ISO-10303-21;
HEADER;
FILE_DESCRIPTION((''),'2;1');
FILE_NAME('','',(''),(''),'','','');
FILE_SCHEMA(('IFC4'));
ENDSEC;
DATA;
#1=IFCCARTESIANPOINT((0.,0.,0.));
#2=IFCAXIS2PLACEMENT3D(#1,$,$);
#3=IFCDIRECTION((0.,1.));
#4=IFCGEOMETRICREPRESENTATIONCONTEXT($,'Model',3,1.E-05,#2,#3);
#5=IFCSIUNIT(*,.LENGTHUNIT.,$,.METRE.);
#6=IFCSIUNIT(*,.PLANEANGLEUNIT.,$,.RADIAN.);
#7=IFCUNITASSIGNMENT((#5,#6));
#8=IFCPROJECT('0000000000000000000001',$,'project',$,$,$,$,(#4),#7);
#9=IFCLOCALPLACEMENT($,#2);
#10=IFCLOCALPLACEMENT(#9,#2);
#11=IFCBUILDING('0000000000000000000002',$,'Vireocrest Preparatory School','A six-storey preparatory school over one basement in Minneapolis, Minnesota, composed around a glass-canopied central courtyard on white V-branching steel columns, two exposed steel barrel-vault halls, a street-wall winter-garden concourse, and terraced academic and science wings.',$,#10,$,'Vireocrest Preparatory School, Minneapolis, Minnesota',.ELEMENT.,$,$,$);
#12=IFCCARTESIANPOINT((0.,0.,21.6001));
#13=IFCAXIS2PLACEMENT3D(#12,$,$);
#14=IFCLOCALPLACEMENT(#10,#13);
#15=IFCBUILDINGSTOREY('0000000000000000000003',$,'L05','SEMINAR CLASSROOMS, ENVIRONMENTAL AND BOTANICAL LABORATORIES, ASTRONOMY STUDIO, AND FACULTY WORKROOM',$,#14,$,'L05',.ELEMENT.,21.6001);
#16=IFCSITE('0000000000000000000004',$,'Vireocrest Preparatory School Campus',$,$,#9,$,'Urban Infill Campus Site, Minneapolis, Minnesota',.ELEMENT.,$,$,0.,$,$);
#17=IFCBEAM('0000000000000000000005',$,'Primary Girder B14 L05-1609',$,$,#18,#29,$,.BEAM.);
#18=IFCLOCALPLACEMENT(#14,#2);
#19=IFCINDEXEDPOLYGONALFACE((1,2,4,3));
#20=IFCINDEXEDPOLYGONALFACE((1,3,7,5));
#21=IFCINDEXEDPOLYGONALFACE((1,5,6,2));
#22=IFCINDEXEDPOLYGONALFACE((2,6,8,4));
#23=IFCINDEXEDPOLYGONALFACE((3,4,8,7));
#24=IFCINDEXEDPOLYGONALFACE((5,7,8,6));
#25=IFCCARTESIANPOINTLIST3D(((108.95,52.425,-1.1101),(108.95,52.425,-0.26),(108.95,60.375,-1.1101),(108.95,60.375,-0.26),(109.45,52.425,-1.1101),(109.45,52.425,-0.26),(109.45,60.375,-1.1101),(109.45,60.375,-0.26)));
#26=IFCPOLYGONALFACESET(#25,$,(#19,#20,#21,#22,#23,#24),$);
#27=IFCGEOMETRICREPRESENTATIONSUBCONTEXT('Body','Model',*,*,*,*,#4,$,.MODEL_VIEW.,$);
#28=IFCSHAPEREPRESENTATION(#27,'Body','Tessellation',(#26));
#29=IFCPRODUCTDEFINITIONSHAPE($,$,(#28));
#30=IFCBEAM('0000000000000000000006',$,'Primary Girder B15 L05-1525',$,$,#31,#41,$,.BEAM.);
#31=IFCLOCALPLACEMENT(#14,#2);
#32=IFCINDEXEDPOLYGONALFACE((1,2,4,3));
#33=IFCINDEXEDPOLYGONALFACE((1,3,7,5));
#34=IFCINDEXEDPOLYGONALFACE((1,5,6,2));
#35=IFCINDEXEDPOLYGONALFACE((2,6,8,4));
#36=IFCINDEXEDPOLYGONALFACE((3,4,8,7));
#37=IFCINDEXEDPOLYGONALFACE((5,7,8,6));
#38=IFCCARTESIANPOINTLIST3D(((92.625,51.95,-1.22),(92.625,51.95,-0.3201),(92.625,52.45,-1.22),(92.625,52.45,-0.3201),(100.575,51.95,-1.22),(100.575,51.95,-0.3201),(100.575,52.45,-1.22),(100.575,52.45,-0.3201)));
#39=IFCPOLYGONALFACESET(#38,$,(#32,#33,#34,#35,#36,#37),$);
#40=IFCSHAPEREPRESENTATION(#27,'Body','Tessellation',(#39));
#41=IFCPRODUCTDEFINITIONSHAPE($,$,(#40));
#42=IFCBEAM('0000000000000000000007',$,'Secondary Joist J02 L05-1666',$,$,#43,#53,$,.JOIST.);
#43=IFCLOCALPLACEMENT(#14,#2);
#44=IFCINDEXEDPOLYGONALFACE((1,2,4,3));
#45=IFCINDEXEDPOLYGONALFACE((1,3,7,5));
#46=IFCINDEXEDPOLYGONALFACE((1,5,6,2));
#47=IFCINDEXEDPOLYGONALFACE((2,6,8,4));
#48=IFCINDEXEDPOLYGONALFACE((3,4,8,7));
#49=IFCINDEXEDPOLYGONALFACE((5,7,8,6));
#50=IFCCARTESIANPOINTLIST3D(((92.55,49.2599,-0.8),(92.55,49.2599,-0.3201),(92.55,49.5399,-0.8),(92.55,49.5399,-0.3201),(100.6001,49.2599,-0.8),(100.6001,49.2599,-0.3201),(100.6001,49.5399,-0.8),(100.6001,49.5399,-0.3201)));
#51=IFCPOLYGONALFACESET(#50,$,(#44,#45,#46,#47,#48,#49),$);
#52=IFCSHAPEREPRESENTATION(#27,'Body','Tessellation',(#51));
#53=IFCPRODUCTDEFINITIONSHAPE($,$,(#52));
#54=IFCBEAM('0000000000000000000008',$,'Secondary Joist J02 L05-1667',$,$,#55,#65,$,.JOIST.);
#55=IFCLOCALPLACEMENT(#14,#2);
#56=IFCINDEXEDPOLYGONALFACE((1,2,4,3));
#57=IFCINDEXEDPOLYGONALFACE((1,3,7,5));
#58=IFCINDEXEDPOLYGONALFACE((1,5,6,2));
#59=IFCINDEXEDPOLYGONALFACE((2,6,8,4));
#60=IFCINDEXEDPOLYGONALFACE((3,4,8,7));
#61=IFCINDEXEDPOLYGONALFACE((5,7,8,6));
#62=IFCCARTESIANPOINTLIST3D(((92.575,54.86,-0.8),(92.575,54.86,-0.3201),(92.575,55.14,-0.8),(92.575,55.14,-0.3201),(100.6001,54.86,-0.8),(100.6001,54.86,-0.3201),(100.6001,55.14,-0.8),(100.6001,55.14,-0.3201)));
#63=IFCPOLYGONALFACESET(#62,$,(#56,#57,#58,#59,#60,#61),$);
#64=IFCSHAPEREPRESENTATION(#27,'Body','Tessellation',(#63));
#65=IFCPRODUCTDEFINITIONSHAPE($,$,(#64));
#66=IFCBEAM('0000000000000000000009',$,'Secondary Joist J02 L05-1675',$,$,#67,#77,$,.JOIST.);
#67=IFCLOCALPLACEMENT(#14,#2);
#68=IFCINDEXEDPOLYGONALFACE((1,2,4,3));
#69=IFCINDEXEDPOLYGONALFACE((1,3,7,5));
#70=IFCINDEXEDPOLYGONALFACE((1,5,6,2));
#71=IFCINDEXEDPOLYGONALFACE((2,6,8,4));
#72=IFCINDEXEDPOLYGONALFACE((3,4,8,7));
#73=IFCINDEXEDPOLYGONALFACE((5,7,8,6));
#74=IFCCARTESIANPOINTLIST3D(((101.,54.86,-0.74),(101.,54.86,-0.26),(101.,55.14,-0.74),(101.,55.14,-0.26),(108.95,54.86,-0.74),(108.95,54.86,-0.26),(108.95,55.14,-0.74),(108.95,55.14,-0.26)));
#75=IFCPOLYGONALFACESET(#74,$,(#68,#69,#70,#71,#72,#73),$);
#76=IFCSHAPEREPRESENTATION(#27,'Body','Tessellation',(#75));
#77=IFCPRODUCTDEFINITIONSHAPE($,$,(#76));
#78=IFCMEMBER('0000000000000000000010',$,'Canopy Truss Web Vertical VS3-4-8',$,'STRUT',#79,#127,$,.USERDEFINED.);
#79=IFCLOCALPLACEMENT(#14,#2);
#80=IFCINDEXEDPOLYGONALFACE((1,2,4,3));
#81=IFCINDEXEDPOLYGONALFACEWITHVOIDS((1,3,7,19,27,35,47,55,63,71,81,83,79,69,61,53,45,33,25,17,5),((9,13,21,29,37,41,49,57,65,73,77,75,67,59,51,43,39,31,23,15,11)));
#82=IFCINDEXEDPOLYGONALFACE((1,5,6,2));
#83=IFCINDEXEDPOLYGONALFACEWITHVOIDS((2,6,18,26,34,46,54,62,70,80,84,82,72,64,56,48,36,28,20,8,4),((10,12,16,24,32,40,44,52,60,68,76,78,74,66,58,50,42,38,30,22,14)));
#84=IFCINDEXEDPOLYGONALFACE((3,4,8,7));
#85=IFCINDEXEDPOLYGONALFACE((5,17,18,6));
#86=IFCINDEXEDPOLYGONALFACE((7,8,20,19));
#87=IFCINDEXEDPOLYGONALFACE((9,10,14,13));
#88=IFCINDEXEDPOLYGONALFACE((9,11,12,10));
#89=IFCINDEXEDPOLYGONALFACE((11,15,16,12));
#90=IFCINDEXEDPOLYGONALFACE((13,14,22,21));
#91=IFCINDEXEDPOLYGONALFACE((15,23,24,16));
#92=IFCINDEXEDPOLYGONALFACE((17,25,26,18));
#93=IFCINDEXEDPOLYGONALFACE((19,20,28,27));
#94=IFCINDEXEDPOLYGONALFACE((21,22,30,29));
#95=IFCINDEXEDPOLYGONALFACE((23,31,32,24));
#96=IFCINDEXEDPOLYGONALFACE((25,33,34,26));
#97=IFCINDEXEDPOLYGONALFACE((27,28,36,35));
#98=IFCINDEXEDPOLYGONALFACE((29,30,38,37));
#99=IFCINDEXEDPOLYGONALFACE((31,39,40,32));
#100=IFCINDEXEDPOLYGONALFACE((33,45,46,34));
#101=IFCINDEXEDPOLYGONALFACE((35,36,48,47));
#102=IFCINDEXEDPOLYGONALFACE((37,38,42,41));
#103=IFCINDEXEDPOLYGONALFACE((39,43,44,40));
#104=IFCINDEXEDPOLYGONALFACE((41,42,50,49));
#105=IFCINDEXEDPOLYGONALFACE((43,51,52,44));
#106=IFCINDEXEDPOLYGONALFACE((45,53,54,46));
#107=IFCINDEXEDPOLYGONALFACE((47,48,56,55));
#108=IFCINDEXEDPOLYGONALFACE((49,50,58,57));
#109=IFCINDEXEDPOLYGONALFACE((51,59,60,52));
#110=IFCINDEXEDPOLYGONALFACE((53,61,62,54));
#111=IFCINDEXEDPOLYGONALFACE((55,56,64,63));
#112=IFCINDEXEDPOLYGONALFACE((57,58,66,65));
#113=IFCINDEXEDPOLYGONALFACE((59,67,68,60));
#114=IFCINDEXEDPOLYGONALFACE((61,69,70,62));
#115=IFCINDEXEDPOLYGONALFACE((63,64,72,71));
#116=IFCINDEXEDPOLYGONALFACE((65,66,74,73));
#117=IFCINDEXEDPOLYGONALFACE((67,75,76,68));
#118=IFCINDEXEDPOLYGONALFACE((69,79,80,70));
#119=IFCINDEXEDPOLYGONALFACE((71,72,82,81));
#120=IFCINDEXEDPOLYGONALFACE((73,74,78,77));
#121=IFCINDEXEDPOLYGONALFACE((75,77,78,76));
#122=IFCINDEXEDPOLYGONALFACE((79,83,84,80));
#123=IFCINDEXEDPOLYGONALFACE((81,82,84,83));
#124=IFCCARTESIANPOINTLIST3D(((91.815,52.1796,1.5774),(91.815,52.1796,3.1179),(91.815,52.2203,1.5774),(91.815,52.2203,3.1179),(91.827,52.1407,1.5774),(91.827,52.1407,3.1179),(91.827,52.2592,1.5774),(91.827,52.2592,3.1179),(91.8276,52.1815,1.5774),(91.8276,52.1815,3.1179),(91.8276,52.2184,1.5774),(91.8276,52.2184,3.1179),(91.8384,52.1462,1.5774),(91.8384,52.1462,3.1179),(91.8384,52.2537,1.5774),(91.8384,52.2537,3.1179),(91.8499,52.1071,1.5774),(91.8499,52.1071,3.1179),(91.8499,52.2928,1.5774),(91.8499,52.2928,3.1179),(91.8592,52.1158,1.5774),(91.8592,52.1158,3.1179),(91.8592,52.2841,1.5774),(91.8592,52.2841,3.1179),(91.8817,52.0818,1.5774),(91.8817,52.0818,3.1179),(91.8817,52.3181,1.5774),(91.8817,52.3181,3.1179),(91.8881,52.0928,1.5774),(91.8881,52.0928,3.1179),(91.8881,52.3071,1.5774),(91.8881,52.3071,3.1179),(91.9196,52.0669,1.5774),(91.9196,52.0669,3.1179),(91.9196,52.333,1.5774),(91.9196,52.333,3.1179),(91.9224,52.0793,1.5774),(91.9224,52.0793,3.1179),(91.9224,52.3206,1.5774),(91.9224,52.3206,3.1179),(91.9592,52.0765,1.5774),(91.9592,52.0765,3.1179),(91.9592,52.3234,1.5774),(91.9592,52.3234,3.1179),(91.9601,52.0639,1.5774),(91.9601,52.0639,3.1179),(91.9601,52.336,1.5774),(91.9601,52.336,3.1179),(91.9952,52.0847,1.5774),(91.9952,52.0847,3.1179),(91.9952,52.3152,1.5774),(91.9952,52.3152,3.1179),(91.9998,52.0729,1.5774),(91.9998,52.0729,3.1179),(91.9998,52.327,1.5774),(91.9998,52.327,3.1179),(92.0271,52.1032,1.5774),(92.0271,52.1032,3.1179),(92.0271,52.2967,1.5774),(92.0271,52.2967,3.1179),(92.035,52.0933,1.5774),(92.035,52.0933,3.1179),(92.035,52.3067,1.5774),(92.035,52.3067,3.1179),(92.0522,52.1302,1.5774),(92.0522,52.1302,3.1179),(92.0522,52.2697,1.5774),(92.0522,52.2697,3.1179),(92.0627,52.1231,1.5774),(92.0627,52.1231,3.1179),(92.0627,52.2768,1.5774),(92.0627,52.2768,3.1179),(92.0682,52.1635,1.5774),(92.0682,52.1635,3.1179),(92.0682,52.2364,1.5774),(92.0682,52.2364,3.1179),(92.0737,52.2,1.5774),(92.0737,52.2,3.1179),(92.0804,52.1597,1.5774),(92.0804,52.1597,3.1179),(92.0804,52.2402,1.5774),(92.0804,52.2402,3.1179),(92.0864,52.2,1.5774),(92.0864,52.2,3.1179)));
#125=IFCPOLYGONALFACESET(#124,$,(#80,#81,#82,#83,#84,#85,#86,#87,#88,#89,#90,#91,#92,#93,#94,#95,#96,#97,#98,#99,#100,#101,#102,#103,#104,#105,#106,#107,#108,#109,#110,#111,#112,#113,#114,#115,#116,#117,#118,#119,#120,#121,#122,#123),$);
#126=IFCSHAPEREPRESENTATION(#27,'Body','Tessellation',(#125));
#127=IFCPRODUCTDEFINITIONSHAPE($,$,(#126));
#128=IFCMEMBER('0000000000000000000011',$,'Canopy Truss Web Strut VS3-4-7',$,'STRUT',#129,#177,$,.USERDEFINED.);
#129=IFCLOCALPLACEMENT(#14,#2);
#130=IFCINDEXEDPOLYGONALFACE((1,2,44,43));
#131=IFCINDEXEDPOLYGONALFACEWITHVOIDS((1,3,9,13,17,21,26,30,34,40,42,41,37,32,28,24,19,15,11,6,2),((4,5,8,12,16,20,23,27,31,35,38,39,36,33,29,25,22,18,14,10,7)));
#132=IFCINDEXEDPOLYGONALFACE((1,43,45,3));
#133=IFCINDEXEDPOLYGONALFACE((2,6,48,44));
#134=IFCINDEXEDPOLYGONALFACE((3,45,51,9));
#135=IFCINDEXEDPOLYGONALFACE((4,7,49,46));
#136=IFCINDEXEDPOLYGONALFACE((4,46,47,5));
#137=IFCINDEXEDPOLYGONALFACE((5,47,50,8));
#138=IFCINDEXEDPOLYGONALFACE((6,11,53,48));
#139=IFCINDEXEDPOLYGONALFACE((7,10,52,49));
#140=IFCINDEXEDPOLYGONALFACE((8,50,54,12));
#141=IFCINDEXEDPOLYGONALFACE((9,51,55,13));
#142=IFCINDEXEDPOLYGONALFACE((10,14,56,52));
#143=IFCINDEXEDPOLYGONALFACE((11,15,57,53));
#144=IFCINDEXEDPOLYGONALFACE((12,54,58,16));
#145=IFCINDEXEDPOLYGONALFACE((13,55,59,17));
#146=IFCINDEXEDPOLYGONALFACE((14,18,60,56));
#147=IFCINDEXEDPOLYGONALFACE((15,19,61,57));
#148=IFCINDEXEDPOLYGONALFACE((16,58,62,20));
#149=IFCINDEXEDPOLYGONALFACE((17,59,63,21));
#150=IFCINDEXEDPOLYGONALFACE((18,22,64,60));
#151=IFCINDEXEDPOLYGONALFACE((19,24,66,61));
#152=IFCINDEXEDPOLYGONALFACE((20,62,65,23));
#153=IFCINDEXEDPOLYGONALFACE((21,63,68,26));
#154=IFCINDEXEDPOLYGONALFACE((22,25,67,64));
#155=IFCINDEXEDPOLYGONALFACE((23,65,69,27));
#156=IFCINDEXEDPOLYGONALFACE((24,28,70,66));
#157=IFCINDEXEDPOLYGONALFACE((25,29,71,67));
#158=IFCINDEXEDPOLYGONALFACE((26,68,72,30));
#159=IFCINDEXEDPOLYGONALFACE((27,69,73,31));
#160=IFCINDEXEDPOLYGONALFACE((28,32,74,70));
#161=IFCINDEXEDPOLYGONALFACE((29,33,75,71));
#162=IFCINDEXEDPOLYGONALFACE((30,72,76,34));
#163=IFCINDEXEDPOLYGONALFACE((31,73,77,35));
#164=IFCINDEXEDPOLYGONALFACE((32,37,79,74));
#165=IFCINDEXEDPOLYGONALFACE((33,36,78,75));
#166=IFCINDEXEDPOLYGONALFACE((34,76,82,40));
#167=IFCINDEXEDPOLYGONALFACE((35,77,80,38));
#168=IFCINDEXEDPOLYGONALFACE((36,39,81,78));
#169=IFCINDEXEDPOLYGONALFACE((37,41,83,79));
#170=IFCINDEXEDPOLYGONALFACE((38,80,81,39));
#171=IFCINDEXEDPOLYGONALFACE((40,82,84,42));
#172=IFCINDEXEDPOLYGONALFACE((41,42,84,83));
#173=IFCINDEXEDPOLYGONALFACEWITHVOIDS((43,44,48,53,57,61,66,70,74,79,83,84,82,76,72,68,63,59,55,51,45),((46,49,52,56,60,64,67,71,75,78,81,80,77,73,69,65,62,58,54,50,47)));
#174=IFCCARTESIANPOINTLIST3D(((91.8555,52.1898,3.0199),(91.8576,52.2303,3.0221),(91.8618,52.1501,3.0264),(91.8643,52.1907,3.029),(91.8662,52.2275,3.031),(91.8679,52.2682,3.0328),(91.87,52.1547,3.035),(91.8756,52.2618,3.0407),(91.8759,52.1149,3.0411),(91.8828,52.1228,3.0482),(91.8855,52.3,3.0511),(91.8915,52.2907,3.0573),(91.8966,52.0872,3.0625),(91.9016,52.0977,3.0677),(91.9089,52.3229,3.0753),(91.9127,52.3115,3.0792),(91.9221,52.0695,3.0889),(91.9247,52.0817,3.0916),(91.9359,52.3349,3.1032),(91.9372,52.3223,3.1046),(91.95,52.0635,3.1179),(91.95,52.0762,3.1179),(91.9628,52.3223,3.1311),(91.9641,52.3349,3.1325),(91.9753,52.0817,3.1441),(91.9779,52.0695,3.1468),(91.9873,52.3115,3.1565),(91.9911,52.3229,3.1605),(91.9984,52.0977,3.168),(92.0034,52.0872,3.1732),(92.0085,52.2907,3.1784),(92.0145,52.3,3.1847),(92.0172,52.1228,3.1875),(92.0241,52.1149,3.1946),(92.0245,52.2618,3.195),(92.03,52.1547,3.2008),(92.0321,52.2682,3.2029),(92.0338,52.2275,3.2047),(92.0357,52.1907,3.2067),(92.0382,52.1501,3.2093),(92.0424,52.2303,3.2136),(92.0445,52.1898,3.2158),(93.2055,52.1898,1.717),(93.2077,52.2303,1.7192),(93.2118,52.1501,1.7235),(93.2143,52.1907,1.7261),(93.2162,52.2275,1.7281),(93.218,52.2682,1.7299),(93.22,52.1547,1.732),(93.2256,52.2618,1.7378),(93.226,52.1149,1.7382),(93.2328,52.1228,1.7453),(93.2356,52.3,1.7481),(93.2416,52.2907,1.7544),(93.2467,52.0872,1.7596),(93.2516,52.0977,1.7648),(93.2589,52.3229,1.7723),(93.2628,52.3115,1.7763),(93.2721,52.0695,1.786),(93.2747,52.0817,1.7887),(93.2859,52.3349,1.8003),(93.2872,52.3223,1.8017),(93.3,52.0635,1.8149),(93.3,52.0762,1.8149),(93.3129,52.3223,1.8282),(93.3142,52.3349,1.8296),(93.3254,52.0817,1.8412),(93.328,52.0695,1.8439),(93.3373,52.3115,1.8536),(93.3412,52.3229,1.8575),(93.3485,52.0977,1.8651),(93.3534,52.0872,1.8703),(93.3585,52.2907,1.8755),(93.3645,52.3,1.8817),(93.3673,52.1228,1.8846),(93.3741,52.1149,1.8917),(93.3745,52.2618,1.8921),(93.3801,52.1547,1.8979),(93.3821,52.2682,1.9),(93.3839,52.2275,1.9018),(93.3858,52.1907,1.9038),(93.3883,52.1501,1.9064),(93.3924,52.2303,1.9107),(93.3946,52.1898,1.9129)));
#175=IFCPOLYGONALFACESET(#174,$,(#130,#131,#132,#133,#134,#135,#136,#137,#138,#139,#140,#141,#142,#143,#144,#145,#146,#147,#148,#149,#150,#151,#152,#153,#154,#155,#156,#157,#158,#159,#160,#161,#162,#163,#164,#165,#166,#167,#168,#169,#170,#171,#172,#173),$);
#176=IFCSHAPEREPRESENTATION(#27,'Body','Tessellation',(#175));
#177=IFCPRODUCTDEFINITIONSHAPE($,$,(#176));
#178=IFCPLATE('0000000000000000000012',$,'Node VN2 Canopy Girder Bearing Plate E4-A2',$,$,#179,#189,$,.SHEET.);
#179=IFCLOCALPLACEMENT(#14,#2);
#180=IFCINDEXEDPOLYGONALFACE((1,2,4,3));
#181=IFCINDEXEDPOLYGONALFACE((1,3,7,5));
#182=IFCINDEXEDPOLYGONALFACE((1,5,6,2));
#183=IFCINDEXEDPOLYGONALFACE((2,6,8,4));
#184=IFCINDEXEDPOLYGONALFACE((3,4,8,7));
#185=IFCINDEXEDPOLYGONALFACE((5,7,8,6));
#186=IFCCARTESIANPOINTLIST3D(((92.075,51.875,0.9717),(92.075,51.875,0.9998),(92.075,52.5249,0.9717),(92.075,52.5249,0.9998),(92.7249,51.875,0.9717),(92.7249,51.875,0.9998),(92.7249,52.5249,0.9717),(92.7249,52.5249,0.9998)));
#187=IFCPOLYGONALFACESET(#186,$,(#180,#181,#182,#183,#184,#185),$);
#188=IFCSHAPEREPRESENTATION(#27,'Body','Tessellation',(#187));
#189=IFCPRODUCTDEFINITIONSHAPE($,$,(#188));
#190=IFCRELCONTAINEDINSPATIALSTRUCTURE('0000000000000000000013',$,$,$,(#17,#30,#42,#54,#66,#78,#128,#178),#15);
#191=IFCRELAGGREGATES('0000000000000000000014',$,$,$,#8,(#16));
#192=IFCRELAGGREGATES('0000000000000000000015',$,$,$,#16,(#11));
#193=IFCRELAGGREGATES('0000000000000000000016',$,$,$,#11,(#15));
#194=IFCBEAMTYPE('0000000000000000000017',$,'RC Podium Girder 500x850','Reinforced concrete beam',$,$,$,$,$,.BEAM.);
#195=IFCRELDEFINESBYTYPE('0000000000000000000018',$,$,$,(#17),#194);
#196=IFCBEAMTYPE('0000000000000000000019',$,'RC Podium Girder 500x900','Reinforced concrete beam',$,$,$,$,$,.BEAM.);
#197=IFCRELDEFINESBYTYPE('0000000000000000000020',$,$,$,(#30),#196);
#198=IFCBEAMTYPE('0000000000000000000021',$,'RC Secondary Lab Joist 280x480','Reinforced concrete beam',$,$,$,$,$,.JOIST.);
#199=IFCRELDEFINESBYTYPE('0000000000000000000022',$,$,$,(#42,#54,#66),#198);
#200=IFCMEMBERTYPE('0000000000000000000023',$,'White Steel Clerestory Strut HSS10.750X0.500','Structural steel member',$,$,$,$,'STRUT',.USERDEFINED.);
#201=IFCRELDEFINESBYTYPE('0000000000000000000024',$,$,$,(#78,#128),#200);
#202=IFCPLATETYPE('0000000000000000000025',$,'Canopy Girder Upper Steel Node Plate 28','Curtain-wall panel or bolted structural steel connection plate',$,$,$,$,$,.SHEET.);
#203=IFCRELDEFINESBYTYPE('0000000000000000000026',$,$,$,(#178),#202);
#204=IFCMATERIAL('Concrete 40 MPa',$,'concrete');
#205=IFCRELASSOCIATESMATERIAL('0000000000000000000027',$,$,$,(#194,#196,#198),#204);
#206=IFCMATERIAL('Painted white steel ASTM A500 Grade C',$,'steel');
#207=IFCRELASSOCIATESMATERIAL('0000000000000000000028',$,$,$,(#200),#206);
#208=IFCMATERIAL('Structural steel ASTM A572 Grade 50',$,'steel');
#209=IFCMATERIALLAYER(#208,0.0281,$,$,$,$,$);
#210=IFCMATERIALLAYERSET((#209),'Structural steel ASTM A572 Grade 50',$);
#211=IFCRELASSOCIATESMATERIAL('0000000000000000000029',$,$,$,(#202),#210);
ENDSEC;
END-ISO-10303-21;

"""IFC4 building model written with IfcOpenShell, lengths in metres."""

from ifc_helpers import new_model, si_unit, direction, frame, origin, origin_2d, place, context, subcontext, project, spatial, rectangle, hollow_circle, extrude, material, layer, layer_set, material_profile, profile_set, type_object, element, save


model = new_model("IFC4")

# Units and contexts
model_context = context("Model", 3, precision=1e-05, world=origin(), true_north=direction((0.0, 1.0)))
body_context = subcontext(model_context, "Body", "Model", "MODEL_VIEW")
ifc_project = project(units=[si_unit("LENGTHUNIT", "METRE"), si_unit("PLANEANGLEUNIT", "RADIAN")], contexts=[model_context])

# Site, building, storey
site_placement = place(None, origin())
site = spatial("IfcSite", under=ifc_project, at=site_placement, Name="Vireocrest Preparatory School Campus", LongName="Urban Infill Campus Site, Minneapolis, Minnesota", CompositionType="ELEMENT", RefElevation=0.0)
building_placement = place(site_placement, origin())
building = spatial("IfcBuilding", under=site, at=building_placement, Name="Vireocrest Preparatory School", Description="A six-storey preparatory school over one basement in Minneapolis, Minnesota, composed around a glass-canopied central courtyard on white V-branching steel columns, two exposed steel barrel-vault halls, a street-wall winter-garden concourse, and terraced academic and science wings.", LongName="Vireocrest Preparatory School, Minneapolis, Minnesota", CompositionType="ELEMENT")
storey_placement = place(building_placement, frame((0.0, 0.0, 21.6001)))
storey = spatial("IfcBuildingStorey", under=building, at=storey_placement, Name="L05", Description="SEMINAR CLASSROOMS, ENVIRONMENTAL AND BOTANICAL LABORATORIES, ASTRONOMY STUDIO, AND FACULTY WORKROOM", LongName="L05", CompositionType="ELEMENT", Elevation=21.6001)

# Shared definitions
ifc_material_1 = material(Name="Painted white steel ASTM A500 Grade C", Category="steel")

# Beams
ifc_material_2 = material(Name="Concrete 40 MPa", Category="concrete")
ifc_material_profile_1 = material_profile(ifc_material_2, rectangle(XDim=0.5, YDim=0.8501, at=origin_2d()), Name="RC 500x850")
ifc_profile_set_1 = profile_set([ifc_material_profile_1], Name="Concrete 40 MPa")
beam_type_1 = type_object("IfcBeamType", Name="RC Podium Girder 500x850", Description="Reinforced concrete beam", PredefinedType="BEAM", material=ifc_profile_set_1)
beam_1_placement = place(storey_placement, frame((109.2, 52.425, -0.6851), z_axis=(0.0, 1.0, 0.0), x_axis=(-1.0, 0.0, 0.0)))
element("IfcBeam", 1, at=beam_1_placement, inside=storey, type_object=beam_type_1, Name="Primary Girder B14 L05-1609", PredefinedType="BEAM", context=body_context, shape_type="SweptSolid", body=[
    extrude(rectangle(XDim=0.5, YDim=0.8501, at=origin_2d()), origin(), (0.0, 0.0, 1.0), 7.95),
])
ifc_material_profile_2 = material_profile(ifc_material_2, rectangle(XDim=0.5, YDim=0.8999, at=origin_2d()), Name="RC 500x900")
ifc_profile_set_2 = profile_set([ifc_material_profile_2], Name="Concrete 40 MPa")
beam_type_2 = type_object("IfcBeamType", Name="RC Podium Girder 500x900", Description="Reinforced concrete beam", PredefinedType="BEAM", material=ifc_profile_set_2)
beam_2_placement = place(storey_placement, frame((92.625, 52.2, -0.77), z_axis=(1.0, 0.0, 0.0), x_axis=(0.0, 1.0, 0.0)))
element("IfcBeam", 2, at=beam_2_placement, inside=storey, type_object=beam_type_2, Name="Primary Girder B15 L05-1525", PredefinedType="BEAM", context=body_context, shape_type="SweptSolid", body=[
    extrude(rectangle(XDim=0.5, YDim=0.8999, at=origin_2d()), origin(), (0.0, 0.0, 1.0), 7.95),
])
ifc_material_profile_3 = material_profile(ifc_material_2, rectangle(XDim=0.28, YDim=0.48, at=origin_2d()), Name="RC 280x480")
ifc_profile_set_3 = profile_set([ifc_material_profile_3], Name="Concrete 40 MPa")
beam_type_3 = type_object("IfcBeamType", Name="RC Secondary Lab Joist 280x480", Description="Reinforced concrete beam", PredefinedType="JOIST", material=ifc_profile_set_3)
beam_3_placement = place(storey_placement, frame((92.55, 49.3999, -0.5601), z_axis=(1.0, 0.0, 0.0), x_axis=(0.0, 1.0, 0.0)))
element("IfcBeam", 3, at=beam_3_placement, inside=storey, type_object=beam_type_3, Name="Secondary Joist J02 L05-1666", PredefinedType="JOIST", context=body_context, shape_type="SweptSolid", body=[
    extrude(rectangle(XDim=0.28, YDim=0.48, at=origin_2d()), origin(), (0.0, 0.0, 1.0), 8.05),
])
beam_4_placement = place(storey_placement, frame((92.575, 55.0, -0.5601), z_axis=(1.0, 0.0, 0.0), x_axis=(0.0, 1.0, 0.0)))
element("IfcBeam", 4, at=beam_4_placement, inside=storey, type_object=beam_type_3, Name="Secondary Joist J02 L05-1667", PredefinedType="JOIST", context=body_context, shape_type="SweptSolid", body=[
    extrude(rectangle(XDim=0.28, YDim=0.48, at=origin_2d()), origin(), (0.0, 0.0, 1.0), 8.0251),
])
beam_5_placement = place(storey_placement, frame((101.0, 55.0, -0.5), z_axis=(1.0, 0.0, 0.0), x_axis=(0.0, 1.0, 0.0)))
element("IfcBeam", 5, at=beam_5_placement, inside=storey, type_object=beam_type_3, Name="Secondary Joist J02 L05-1675", PredefinedType="JOIST", context=body_context, shape_type="SweptSolid", body=[
    extrude(rectangle(XDim=0.28, YDim=0.48, at=origin_2d()), origin(), (0.0, 0.0, 1.0), 7.95),
])

# Members
ifc_material_profile_4 = material_profile(ifc_material_1, hollow_circle(Radius=0.1365, WallThickness=0.0127, at=origin_2d()), Name="HSS10.750X0.500")
ifc_profile_set_4 = profile_set([ifc_material_profile_4], Name="Painted white steel ASTM A500 Grade C")
member_type_1 = type_object("IfcMemberType", Name="White Steel Clerestory Strut HSS10.750X0.500", Description="Structural steel member", ElementType="STRUT", PredefinedType="USERDEFINED", material=ifc_profile_set_4)
member_1_placement = place(storey_placement, frame((91.95, 52.2, 1.5774), z_axis=(0.0, 0.0, 1.0), x_axis=(1.0, 0.0, 0.0)))
element("IfcMember", 6, at=member_1_placement, inside=storey, type_object=member_type_1, Name="Canopy Truss Web Vertical VS3-4-8", ObjectType="STRUT", PredefinedType="USERDEFINED", context=body_context, shape_type="SweptSolid", body=[
    extrude(hollow_circle(Radius=0.1365, WallThickness=0.0127, at=origin_2d()), origin(), (0.0, 0.0, 1.0), 1.5405),
])
member_2_placement = place(storey_placement, frame((93.3, 52.2, 1.8149), z_axis=(-0.719552, 0.0, 0.694439), x_axis=(0.0, -1.0, 0.0)))
element("IfcMember", 7, at=member_2_placement, inside=storey, type_object=member_type_1, Name="Canopy Truss Web Strut VS3-4-7", ObjectType="STRUT", PredefinedType="USERDEFINED", context=body_context, shape_type="SweptSolid", body=[
    extrude(hollow_circle(Radius=0.1365, WallThickness=0.0127, at=origin_2d()), origin(), (0.0, 0.0, 1.0), 1.8762),
])

# Plate
ifc_material_3 = material(Name="Structural steel ASTM A572 Grade 50", Category="steel")
ifc_layer_1 = layer(ifc_material_3, 0.0281)
ifc_layer_set_1 = layer_set([ifc_layer_1], Name="Structural steel ASTM A572 Grade 50")
plate_type_1 = type_object("IfcPlateType", Name="Canopy Girder Upper Steel Node Plate 28", Description="Curtain-wall panel or bolted structural steel connection plate", PredefinedType="SHEET", material=ifc_layer_set_1)
plate_1_placement = place(storey_placement, frame((92.3999, 52.2, 0.9717), z_axis=(0.0, 0.0, 1.0), x_axis=(1.0, 0.0, 0.0)))
element("IfcPlate", 8, at=plate_1_placement, inside=storey, type_object=plate_type_1, Name="Node VN2 Canopy Girder Bearing Plate E4-A2", PredefinedType="SHEET", context=body_context, shape_type="SweptSolid", body=[
    extrude(rectangle(XDim=0.6499, YDim=0.6499, at=origin_2d()), origin(), (0.0, 0.0, 1.0), 0.0281),
])

save(model, "model.ifc")
